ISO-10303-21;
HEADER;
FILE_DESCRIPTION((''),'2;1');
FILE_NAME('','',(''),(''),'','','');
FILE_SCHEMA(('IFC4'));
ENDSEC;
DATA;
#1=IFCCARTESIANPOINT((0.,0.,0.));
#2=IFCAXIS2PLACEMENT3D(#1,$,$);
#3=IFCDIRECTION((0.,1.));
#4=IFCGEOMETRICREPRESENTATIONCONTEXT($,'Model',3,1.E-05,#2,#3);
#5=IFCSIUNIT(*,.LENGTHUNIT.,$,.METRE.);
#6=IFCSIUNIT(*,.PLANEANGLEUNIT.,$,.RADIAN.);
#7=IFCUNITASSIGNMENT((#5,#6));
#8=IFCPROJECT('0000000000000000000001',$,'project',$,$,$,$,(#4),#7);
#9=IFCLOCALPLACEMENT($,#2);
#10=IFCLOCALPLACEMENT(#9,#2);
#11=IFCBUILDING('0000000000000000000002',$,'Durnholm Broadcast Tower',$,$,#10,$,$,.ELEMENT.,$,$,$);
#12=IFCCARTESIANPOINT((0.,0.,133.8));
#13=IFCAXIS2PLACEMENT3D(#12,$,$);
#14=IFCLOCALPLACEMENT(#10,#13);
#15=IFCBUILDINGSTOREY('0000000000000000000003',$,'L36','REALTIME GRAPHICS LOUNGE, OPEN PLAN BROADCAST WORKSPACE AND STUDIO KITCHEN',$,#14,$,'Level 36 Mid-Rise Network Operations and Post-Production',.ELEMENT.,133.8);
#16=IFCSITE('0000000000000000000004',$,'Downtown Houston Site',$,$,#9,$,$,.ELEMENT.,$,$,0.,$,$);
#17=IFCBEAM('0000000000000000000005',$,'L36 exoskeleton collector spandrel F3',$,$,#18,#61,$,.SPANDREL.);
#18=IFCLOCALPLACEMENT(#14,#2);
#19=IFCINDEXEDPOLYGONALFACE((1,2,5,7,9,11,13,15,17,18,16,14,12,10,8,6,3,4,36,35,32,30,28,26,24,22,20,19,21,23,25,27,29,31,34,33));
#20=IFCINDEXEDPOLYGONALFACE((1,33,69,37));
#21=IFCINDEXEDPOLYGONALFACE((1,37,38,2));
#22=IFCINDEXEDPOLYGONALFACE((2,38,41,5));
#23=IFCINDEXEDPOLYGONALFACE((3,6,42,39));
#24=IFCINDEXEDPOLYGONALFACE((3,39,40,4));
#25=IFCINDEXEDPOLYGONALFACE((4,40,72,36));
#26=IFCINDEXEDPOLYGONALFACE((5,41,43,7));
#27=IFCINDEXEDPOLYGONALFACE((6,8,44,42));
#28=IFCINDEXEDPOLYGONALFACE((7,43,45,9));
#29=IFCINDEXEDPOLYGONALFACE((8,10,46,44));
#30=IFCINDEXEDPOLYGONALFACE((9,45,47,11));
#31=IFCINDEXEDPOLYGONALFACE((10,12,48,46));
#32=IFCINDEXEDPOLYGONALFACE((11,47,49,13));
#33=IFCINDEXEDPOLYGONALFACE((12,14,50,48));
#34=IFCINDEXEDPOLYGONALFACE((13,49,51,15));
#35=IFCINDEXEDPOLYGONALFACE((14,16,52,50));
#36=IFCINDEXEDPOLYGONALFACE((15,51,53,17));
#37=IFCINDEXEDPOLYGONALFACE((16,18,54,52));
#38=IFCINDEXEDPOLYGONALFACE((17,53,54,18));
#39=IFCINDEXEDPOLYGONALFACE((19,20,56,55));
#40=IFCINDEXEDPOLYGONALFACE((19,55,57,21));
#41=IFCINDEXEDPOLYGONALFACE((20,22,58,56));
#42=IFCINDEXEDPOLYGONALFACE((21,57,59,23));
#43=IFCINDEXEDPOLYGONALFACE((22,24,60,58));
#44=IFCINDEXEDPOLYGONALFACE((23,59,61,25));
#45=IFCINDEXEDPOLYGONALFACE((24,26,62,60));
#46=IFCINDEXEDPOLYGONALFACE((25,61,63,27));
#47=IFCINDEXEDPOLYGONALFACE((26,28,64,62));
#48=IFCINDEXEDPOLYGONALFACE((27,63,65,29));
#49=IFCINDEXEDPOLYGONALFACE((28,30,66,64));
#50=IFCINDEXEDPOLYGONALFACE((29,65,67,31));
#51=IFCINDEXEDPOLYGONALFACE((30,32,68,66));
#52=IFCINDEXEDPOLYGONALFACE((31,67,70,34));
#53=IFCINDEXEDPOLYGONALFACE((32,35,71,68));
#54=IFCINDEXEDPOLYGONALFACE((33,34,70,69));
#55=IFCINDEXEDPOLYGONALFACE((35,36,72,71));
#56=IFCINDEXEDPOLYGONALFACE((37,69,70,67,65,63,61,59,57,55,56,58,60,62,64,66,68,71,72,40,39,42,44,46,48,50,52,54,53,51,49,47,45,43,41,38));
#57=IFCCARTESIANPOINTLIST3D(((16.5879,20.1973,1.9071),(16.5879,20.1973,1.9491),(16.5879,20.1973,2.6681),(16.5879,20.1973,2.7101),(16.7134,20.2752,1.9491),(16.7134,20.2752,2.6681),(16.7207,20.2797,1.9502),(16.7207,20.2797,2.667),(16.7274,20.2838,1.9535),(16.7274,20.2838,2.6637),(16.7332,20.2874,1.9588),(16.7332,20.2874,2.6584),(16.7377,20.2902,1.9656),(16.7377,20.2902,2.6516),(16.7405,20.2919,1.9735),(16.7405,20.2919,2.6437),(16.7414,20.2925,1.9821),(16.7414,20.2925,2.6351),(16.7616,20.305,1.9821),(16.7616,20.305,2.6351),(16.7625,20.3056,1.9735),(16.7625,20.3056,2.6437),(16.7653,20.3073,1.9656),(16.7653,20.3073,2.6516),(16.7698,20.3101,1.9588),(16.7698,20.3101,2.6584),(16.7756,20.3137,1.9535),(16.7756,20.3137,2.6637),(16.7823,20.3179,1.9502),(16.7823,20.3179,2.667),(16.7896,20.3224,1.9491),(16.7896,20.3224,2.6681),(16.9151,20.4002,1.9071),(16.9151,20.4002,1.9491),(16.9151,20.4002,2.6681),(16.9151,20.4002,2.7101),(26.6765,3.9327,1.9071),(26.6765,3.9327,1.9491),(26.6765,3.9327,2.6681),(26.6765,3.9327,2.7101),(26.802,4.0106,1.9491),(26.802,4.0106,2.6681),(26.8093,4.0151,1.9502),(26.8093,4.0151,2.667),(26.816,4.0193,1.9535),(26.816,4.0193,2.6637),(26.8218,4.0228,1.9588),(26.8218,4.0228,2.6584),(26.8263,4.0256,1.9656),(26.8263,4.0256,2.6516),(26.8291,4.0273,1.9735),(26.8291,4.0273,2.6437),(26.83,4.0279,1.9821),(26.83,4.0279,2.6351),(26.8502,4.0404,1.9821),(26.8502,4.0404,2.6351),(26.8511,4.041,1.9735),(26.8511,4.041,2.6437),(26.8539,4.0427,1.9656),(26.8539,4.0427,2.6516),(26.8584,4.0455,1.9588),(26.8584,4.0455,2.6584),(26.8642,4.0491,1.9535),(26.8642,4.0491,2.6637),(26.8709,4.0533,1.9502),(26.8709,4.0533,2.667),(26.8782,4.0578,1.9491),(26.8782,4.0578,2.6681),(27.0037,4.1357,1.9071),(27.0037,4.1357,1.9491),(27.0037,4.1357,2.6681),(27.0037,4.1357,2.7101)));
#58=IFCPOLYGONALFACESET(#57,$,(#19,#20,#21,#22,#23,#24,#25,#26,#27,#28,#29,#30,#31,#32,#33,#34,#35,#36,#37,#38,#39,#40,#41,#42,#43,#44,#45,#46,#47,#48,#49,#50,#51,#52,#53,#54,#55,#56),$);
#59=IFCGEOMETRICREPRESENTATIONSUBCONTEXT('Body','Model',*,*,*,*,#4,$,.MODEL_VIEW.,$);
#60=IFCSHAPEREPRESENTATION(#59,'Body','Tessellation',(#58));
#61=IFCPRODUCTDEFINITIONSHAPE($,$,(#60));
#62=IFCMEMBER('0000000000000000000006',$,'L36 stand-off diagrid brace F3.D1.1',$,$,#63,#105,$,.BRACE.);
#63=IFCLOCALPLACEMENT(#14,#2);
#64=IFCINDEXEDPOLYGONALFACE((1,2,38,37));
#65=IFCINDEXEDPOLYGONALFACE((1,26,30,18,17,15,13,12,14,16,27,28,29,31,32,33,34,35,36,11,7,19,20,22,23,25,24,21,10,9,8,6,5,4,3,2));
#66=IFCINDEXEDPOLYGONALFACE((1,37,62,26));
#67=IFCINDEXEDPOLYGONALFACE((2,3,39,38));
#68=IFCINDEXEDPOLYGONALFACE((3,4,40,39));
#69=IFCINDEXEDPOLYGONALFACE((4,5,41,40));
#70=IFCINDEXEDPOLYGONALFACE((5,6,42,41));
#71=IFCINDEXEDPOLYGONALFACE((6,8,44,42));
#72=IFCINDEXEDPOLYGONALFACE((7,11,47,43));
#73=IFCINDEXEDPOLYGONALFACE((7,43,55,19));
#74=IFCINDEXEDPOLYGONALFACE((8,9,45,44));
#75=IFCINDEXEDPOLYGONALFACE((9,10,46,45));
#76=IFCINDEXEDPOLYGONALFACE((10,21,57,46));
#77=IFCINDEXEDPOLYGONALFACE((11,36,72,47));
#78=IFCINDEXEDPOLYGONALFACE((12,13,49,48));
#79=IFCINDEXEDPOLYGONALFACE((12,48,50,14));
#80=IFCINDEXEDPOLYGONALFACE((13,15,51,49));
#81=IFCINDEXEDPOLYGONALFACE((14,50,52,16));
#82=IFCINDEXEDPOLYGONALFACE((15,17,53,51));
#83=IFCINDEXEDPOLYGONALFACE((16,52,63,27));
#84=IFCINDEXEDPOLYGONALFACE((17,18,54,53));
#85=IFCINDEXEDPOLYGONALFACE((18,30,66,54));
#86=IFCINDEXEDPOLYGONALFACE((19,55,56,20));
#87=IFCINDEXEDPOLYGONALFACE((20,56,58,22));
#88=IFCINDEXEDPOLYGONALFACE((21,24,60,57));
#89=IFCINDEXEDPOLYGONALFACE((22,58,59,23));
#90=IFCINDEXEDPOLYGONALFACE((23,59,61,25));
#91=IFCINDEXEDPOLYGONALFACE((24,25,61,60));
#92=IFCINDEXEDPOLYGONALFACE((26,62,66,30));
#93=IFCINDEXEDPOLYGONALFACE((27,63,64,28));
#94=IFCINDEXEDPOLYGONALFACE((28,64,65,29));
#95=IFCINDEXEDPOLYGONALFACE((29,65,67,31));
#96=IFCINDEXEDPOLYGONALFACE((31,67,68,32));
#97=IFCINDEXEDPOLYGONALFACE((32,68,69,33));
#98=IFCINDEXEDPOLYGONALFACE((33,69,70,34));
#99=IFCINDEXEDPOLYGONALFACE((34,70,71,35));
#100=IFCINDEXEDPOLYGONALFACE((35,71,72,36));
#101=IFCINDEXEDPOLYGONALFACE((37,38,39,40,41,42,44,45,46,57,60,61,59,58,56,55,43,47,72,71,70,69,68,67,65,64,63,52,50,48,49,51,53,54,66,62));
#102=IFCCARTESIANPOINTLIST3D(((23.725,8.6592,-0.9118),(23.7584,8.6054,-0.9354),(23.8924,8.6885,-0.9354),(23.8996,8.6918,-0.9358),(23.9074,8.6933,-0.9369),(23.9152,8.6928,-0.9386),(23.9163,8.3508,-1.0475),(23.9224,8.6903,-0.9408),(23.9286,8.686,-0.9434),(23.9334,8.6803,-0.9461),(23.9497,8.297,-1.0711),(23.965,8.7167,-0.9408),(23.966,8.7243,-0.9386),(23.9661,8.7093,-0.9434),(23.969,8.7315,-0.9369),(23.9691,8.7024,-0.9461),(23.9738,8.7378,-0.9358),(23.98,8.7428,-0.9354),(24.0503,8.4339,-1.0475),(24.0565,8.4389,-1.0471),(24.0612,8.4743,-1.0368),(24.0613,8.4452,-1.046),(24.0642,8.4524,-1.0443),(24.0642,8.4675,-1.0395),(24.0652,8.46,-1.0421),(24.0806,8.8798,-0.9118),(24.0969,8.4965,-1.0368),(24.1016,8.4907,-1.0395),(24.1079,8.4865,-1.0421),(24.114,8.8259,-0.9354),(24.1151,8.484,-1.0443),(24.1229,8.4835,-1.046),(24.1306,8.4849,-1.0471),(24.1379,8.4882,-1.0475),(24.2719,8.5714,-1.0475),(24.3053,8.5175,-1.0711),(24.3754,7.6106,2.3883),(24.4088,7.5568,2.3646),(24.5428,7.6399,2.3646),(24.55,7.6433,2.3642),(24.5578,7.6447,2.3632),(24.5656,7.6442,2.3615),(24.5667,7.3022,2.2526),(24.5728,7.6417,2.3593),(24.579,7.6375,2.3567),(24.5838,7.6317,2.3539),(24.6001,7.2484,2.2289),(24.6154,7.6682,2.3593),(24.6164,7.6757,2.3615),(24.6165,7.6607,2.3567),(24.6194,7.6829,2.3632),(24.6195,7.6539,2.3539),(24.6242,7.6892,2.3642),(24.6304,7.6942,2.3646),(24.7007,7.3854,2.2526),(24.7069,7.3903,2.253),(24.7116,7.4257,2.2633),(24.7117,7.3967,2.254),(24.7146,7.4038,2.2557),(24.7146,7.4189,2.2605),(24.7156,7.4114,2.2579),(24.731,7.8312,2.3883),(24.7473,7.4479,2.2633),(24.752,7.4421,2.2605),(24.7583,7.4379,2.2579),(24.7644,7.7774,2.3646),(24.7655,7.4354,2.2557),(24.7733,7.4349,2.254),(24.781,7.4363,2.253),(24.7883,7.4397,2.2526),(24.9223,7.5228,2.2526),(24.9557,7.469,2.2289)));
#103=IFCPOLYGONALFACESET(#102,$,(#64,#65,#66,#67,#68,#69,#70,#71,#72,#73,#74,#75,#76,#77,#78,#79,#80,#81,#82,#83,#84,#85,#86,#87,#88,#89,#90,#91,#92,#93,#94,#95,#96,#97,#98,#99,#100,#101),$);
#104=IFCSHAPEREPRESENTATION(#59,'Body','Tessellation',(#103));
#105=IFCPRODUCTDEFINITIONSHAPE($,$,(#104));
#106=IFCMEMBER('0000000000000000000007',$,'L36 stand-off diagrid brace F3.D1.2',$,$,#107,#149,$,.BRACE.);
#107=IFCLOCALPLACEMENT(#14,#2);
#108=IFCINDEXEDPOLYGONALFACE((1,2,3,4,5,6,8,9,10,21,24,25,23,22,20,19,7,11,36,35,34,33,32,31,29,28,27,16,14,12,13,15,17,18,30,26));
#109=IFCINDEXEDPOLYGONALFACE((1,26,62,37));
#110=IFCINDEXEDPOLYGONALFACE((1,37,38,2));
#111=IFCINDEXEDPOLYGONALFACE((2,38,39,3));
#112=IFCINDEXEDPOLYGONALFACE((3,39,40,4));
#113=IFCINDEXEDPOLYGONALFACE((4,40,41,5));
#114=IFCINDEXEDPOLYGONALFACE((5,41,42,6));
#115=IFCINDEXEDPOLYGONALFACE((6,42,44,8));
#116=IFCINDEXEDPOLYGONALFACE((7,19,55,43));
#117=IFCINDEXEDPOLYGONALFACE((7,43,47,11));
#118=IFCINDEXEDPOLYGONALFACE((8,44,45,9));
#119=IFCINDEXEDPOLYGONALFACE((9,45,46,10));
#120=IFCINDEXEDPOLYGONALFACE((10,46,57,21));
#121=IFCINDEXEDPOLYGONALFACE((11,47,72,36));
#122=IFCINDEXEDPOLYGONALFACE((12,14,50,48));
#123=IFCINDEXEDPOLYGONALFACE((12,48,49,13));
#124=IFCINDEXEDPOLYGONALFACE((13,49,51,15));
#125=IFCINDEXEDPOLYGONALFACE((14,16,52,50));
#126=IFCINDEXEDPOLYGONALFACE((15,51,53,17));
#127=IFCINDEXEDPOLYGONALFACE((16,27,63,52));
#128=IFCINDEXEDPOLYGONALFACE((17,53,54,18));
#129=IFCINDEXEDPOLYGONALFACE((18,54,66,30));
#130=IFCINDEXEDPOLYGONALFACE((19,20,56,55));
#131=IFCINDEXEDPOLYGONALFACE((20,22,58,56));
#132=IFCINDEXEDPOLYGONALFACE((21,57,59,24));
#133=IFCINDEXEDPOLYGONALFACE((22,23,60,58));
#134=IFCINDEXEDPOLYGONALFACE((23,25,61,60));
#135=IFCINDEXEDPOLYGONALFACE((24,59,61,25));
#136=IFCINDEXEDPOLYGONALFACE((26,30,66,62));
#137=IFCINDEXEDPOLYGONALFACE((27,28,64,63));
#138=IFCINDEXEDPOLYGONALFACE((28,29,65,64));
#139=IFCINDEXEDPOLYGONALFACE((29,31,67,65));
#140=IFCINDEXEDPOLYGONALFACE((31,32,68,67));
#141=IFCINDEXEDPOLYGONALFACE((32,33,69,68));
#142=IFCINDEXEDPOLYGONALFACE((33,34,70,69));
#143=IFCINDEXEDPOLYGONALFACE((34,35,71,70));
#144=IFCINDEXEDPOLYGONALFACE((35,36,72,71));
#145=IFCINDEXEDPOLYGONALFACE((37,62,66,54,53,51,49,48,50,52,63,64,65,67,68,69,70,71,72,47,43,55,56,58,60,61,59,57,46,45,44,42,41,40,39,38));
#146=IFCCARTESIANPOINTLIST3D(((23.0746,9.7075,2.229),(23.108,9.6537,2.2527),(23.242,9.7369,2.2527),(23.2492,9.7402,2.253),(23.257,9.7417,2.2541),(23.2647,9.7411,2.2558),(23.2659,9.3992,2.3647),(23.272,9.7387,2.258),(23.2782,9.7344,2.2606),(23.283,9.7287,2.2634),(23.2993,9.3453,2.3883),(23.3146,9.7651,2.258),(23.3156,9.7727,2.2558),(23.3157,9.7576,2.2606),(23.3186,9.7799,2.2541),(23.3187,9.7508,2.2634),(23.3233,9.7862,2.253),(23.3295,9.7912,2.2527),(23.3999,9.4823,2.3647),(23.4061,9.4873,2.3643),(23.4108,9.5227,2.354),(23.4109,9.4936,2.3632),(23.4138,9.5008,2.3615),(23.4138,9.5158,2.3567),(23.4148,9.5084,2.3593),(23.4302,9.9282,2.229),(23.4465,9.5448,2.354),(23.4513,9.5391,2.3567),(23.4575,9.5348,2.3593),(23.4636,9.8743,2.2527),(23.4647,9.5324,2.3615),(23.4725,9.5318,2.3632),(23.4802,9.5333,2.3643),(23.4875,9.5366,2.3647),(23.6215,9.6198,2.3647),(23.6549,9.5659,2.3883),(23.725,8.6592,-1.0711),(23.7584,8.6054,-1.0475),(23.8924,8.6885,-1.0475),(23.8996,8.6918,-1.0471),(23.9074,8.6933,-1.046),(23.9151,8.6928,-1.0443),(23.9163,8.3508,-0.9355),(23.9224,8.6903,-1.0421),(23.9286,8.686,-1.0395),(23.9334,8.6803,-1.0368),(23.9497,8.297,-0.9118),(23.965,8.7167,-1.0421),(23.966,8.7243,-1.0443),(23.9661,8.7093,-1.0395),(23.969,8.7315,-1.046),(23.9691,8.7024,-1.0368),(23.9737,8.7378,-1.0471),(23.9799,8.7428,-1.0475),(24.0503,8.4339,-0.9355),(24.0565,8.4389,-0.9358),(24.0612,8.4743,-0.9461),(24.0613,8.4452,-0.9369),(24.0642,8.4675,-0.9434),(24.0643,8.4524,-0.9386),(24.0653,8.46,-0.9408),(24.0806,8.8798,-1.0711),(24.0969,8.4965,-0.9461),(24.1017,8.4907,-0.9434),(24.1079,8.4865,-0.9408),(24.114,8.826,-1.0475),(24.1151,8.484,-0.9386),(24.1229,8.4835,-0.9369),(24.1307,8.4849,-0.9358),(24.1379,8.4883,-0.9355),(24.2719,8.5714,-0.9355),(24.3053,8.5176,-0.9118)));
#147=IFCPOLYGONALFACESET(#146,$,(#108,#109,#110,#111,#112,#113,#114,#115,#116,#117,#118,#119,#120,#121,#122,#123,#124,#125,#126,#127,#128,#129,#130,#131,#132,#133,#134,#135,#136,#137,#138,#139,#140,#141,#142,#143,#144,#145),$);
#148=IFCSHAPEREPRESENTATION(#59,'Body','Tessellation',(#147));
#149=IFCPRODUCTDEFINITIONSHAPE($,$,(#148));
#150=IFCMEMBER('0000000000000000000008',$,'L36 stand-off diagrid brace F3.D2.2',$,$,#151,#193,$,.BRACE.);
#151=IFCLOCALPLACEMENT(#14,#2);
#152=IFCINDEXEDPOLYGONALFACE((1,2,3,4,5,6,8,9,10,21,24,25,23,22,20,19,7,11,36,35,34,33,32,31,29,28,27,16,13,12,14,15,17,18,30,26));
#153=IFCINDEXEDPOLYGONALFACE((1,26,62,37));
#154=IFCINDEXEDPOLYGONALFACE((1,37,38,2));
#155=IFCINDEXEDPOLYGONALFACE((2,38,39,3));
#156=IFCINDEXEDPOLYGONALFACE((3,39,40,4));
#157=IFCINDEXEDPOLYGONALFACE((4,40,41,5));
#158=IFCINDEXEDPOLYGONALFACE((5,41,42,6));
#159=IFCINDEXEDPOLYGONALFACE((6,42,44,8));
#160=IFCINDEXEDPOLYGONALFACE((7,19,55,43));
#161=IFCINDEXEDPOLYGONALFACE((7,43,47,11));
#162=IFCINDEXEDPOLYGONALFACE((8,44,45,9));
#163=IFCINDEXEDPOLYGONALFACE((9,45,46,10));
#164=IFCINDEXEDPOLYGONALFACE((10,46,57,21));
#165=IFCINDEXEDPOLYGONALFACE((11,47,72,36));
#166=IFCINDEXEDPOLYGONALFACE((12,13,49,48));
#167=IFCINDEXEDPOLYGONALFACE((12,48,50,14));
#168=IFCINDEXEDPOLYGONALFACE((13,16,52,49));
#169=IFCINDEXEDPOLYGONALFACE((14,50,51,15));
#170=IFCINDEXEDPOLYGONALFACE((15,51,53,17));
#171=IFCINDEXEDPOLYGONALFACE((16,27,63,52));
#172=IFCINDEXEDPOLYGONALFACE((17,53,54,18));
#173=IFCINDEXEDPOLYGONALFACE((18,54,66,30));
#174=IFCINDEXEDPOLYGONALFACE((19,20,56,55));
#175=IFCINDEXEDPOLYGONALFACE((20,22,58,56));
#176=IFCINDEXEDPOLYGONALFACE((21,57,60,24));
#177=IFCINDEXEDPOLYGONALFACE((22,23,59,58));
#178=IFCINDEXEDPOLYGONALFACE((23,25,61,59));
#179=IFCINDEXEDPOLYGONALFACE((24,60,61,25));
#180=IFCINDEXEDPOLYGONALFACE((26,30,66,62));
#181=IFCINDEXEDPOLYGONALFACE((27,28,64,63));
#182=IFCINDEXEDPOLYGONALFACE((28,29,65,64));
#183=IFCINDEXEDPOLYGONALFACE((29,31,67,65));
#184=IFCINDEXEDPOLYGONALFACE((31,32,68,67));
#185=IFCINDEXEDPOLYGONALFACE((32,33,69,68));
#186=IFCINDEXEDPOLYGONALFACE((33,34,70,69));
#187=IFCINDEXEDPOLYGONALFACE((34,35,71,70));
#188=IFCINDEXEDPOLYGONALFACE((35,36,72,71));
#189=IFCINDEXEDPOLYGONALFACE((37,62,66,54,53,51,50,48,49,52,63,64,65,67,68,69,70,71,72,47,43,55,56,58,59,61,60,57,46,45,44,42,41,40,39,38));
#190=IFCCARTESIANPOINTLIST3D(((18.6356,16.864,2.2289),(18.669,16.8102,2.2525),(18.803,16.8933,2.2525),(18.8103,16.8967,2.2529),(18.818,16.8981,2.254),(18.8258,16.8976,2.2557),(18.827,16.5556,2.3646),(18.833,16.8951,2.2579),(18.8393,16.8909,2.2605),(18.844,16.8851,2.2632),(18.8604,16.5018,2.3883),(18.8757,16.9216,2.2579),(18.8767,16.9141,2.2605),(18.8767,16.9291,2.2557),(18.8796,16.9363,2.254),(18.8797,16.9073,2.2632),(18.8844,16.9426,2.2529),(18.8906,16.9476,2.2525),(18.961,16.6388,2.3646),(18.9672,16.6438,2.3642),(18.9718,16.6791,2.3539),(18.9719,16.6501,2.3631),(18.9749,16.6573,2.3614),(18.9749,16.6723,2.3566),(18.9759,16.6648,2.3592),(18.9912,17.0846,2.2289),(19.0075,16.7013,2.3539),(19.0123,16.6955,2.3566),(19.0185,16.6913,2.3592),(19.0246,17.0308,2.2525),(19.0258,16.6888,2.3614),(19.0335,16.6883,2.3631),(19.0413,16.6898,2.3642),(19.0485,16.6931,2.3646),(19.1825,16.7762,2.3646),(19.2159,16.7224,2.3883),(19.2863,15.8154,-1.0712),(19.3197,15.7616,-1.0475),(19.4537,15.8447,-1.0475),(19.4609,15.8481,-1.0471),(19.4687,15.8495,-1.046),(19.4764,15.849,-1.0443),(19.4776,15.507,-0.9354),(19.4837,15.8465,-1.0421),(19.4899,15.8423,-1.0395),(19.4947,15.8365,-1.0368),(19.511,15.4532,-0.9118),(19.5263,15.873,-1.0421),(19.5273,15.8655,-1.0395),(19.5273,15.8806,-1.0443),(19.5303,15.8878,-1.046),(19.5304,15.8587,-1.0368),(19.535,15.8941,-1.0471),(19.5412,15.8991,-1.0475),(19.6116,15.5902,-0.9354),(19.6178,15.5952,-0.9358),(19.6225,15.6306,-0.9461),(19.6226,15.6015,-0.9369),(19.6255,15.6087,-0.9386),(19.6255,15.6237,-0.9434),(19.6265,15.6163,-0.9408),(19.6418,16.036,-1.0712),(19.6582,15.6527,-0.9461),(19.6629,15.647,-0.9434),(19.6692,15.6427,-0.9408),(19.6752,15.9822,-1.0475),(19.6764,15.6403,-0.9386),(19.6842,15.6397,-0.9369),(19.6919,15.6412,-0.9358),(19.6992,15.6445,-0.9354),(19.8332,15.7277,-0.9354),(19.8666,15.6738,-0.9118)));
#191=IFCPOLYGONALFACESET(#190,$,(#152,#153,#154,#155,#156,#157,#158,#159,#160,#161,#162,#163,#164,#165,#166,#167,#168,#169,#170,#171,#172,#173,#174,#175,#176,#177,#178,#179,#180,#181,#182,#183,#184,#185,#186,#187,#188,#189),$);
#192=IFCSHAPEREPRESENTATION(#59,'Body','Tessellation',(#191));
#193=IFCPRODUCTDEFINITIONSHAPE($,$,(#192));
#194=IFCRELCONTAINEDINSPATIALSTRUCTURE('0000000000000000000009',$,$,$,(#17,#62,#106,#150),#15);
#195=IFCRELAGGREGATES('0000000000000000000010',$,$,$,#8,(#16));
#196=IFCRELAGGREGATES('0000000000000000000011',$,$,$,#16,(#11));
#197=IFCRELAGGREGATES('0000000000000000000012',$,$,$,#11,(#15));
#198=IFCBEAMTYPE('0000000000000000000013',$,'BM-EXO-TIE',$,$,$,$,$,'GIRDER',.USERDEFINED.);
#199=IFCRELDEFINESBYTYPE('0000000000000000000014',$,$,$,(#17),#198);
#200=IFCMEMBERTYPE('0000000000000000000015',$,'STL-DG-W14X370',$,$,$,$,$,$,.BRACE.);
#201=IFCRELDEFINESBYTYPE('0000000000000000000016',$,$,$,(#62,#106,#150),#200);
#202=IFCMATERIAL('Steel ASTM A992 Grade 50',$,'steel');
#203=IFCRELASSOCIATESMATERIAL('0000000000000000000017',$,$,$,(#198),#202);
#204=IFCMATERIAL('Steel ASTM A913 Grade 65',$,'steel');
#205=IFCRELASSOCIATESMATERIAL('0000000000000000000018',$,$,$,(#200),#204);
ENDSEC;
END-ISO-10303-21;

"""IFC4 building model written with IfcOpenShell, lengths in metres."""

from ifc_helpers import new_model, si_unit, direction, frame, origin, origin_2d, place, context, subcontext, project, spatial, i_section, extrude, source, transform, mapped, material, material_profile, profile_set, type_object, element, save


model = new_model("IFC4")

# Units and contexts
model_context = context("Model", 3, precision=1e-05, world=origin(), true_north=direction((0.0, 1.0)))
body_context = subcontext(model_context, "Body", "Model", "MODEL_VIEW")
ifc_project = project(units=[si_unit("LENGTHUNIT", "METRE"), si_unit("PLANEANGLEUNIT", "RADIAN")], contexts=[model_context])

# Site, building, storey
site_placement = place(None, origin())
site = spatial("IfcSite", under=ifc_project, at=site_placement, Name="Downtown Houston Site", CompositionType="ELEMENT", RefElevation=0.0)
building_placement = place(site_placement, origin())
building = spatial("IfcBuilding", under=site, at=building_placement, Name="Durnholm Broadcast Tower", CompositionType="ELEMENT")
storey_placement = place(building_placement, frame((0.0, 0.0, 133.8)))
storey = spatial("IfcBuildingStorey", under=building, at=storey_placement, Name="L36", Description="REALTIME GRAPHICS LOUNGE, OPEN PLAN BROADCAST WORKSPACE AND STUDIO KITCHEN", LongName="Level 36 Mid-Rise Network Operations and Post-Production", CompositionType="ELEMENT", Elevation=133.8)

# Beam
ifc_material_1 = material(Name="Steel ASTM A992 Grade 50", Category="steel")
ifc_material_profile_1 = material_profile(ifc_material_1, i_section(OverallWidth=0.385, OverallDepth=0.803, WebThickness=0.0237, FlangeThickness=0.042, FilletRadius=0.033, at=origin_2d()), Name="W30X261")
ifc_profile_set_1 = profile_set([ifc_material_profile_1], Name="Steel ASTM A992 Grade 50")
beam_type_1 = type_object("IfcBeamType", Name="BM-EXO-TIE", ElementType="GIRDER", PredefinedType="USERDEFINED", material=ifc_profile_set_1)
shared_shape_1 = source(origin(), body_context, "Body", "SweptSolid", [
    extrude(i_section(OverallWidth=0.385, OverallDepth=0.803, WebThickness=0.0237, FlangeThickness=0.042, FilletRadius=0.033, at=origin_2d()), origin(), (0.0, 0.0, 1.0), 19.1394),
])
beam_1_placement = place(storey_placement, frame((26.8401, 4.0342, 2.3086), z_axis=(-0.527111, 0.849796, 0.0), x_axis=(-0.849796, -0.527111, 0.0)))
element("IfcBeam", 1, at=beam_1_placement, inside=storey, type_object=beam_type_1, Name="L36 exoskeleton collector spandrel F3", PredefinedType="SPANDREL", context=body_context, shape_type="MappedRepresentation", body=[
    mapped(shared_shape_1, transform((0.0, 0.0, 0.0), x_axis=(1.0, 0.0, 0.0), y_axis=(0.0, 1.0, 0.0), z_axis=(0.0, 0.0, 1.0), scale=1.0)),
])

# Members
ifc_material_2 = material(Name="Steel ASTM A913 Grade 65", Category="steel")
ifc_material_profile_2 = material_profile(ifc_material_2, i_section(OverallWidth=0.4185, OverallDepth=0.4551, WebThickness=0.042, FlangeThickness=0.0676, FilletRadius=0.0305, at=origin_2d()), Name="W14X370")
ifc_profile_set_2 = profile_set([ifc_material_profile_2], Name="Steel ASTM A913 Grade 65")
member_type_1 = type_object("IfcMemberType", Name="STL-DG-W14X370", PredefinedType="BRACE", material=ifc_profile_set_2)
shared_shape_2 = source(origin(), body_context, "Body", "SweptSolid", [
    extrude(i_section(OverallWidth=0.4185, OverallDepth=0.4551, WebThickness=0.042, FlangeThickness=0.0676, FilletRadius=0.0305, at=origin_2d()), origin(), (0.0, 0.0, 1.0), 3.5232),
])
for number, where, z_axis, x_axis, name in (
    (2, (24.0151, 8.5884, -0.9915), (0.184603, -0.297624, 0.936665), (0.849805, 0.527097, 0.0), "L36 stand-off diagrid brace F3.D1.1"),
    (3, (24.0151, 8.5884, -0.9915), (-0.184607, 0.29756, 0.936685), (-0.84975, -0.527186, 0.0), "L36 stand-off diagrid brace F3.D1.2"),
    (4, (19.5764, 15.7446, -0.9915), (-0.18467, 0.29762, 0.936653), (-0.849717, -0.52724, 0.0), "L36 stand-off diagrid brace F3.D2.2"),
):
    element("IfcMember", number, at=place(storey_placement, frame(where, z_axis=z_axis, x_axis=x_axis)), inside=storey, type_object=member_type_1, Name=name, PredefinedType="BRACE", context=body_context, shape_type="MappedRepresentation", body=[
        mapped(shared_shape_2, transform((0.0, 0.0, 0.0), x_axis=(1.0, 0.0, 0.0), y_axis=(0.0, 1.0, 0.0), z_axis=(0.0, 0.0, 1.0), scale=1.0)),
    ])

save(model, "model.ifc")
